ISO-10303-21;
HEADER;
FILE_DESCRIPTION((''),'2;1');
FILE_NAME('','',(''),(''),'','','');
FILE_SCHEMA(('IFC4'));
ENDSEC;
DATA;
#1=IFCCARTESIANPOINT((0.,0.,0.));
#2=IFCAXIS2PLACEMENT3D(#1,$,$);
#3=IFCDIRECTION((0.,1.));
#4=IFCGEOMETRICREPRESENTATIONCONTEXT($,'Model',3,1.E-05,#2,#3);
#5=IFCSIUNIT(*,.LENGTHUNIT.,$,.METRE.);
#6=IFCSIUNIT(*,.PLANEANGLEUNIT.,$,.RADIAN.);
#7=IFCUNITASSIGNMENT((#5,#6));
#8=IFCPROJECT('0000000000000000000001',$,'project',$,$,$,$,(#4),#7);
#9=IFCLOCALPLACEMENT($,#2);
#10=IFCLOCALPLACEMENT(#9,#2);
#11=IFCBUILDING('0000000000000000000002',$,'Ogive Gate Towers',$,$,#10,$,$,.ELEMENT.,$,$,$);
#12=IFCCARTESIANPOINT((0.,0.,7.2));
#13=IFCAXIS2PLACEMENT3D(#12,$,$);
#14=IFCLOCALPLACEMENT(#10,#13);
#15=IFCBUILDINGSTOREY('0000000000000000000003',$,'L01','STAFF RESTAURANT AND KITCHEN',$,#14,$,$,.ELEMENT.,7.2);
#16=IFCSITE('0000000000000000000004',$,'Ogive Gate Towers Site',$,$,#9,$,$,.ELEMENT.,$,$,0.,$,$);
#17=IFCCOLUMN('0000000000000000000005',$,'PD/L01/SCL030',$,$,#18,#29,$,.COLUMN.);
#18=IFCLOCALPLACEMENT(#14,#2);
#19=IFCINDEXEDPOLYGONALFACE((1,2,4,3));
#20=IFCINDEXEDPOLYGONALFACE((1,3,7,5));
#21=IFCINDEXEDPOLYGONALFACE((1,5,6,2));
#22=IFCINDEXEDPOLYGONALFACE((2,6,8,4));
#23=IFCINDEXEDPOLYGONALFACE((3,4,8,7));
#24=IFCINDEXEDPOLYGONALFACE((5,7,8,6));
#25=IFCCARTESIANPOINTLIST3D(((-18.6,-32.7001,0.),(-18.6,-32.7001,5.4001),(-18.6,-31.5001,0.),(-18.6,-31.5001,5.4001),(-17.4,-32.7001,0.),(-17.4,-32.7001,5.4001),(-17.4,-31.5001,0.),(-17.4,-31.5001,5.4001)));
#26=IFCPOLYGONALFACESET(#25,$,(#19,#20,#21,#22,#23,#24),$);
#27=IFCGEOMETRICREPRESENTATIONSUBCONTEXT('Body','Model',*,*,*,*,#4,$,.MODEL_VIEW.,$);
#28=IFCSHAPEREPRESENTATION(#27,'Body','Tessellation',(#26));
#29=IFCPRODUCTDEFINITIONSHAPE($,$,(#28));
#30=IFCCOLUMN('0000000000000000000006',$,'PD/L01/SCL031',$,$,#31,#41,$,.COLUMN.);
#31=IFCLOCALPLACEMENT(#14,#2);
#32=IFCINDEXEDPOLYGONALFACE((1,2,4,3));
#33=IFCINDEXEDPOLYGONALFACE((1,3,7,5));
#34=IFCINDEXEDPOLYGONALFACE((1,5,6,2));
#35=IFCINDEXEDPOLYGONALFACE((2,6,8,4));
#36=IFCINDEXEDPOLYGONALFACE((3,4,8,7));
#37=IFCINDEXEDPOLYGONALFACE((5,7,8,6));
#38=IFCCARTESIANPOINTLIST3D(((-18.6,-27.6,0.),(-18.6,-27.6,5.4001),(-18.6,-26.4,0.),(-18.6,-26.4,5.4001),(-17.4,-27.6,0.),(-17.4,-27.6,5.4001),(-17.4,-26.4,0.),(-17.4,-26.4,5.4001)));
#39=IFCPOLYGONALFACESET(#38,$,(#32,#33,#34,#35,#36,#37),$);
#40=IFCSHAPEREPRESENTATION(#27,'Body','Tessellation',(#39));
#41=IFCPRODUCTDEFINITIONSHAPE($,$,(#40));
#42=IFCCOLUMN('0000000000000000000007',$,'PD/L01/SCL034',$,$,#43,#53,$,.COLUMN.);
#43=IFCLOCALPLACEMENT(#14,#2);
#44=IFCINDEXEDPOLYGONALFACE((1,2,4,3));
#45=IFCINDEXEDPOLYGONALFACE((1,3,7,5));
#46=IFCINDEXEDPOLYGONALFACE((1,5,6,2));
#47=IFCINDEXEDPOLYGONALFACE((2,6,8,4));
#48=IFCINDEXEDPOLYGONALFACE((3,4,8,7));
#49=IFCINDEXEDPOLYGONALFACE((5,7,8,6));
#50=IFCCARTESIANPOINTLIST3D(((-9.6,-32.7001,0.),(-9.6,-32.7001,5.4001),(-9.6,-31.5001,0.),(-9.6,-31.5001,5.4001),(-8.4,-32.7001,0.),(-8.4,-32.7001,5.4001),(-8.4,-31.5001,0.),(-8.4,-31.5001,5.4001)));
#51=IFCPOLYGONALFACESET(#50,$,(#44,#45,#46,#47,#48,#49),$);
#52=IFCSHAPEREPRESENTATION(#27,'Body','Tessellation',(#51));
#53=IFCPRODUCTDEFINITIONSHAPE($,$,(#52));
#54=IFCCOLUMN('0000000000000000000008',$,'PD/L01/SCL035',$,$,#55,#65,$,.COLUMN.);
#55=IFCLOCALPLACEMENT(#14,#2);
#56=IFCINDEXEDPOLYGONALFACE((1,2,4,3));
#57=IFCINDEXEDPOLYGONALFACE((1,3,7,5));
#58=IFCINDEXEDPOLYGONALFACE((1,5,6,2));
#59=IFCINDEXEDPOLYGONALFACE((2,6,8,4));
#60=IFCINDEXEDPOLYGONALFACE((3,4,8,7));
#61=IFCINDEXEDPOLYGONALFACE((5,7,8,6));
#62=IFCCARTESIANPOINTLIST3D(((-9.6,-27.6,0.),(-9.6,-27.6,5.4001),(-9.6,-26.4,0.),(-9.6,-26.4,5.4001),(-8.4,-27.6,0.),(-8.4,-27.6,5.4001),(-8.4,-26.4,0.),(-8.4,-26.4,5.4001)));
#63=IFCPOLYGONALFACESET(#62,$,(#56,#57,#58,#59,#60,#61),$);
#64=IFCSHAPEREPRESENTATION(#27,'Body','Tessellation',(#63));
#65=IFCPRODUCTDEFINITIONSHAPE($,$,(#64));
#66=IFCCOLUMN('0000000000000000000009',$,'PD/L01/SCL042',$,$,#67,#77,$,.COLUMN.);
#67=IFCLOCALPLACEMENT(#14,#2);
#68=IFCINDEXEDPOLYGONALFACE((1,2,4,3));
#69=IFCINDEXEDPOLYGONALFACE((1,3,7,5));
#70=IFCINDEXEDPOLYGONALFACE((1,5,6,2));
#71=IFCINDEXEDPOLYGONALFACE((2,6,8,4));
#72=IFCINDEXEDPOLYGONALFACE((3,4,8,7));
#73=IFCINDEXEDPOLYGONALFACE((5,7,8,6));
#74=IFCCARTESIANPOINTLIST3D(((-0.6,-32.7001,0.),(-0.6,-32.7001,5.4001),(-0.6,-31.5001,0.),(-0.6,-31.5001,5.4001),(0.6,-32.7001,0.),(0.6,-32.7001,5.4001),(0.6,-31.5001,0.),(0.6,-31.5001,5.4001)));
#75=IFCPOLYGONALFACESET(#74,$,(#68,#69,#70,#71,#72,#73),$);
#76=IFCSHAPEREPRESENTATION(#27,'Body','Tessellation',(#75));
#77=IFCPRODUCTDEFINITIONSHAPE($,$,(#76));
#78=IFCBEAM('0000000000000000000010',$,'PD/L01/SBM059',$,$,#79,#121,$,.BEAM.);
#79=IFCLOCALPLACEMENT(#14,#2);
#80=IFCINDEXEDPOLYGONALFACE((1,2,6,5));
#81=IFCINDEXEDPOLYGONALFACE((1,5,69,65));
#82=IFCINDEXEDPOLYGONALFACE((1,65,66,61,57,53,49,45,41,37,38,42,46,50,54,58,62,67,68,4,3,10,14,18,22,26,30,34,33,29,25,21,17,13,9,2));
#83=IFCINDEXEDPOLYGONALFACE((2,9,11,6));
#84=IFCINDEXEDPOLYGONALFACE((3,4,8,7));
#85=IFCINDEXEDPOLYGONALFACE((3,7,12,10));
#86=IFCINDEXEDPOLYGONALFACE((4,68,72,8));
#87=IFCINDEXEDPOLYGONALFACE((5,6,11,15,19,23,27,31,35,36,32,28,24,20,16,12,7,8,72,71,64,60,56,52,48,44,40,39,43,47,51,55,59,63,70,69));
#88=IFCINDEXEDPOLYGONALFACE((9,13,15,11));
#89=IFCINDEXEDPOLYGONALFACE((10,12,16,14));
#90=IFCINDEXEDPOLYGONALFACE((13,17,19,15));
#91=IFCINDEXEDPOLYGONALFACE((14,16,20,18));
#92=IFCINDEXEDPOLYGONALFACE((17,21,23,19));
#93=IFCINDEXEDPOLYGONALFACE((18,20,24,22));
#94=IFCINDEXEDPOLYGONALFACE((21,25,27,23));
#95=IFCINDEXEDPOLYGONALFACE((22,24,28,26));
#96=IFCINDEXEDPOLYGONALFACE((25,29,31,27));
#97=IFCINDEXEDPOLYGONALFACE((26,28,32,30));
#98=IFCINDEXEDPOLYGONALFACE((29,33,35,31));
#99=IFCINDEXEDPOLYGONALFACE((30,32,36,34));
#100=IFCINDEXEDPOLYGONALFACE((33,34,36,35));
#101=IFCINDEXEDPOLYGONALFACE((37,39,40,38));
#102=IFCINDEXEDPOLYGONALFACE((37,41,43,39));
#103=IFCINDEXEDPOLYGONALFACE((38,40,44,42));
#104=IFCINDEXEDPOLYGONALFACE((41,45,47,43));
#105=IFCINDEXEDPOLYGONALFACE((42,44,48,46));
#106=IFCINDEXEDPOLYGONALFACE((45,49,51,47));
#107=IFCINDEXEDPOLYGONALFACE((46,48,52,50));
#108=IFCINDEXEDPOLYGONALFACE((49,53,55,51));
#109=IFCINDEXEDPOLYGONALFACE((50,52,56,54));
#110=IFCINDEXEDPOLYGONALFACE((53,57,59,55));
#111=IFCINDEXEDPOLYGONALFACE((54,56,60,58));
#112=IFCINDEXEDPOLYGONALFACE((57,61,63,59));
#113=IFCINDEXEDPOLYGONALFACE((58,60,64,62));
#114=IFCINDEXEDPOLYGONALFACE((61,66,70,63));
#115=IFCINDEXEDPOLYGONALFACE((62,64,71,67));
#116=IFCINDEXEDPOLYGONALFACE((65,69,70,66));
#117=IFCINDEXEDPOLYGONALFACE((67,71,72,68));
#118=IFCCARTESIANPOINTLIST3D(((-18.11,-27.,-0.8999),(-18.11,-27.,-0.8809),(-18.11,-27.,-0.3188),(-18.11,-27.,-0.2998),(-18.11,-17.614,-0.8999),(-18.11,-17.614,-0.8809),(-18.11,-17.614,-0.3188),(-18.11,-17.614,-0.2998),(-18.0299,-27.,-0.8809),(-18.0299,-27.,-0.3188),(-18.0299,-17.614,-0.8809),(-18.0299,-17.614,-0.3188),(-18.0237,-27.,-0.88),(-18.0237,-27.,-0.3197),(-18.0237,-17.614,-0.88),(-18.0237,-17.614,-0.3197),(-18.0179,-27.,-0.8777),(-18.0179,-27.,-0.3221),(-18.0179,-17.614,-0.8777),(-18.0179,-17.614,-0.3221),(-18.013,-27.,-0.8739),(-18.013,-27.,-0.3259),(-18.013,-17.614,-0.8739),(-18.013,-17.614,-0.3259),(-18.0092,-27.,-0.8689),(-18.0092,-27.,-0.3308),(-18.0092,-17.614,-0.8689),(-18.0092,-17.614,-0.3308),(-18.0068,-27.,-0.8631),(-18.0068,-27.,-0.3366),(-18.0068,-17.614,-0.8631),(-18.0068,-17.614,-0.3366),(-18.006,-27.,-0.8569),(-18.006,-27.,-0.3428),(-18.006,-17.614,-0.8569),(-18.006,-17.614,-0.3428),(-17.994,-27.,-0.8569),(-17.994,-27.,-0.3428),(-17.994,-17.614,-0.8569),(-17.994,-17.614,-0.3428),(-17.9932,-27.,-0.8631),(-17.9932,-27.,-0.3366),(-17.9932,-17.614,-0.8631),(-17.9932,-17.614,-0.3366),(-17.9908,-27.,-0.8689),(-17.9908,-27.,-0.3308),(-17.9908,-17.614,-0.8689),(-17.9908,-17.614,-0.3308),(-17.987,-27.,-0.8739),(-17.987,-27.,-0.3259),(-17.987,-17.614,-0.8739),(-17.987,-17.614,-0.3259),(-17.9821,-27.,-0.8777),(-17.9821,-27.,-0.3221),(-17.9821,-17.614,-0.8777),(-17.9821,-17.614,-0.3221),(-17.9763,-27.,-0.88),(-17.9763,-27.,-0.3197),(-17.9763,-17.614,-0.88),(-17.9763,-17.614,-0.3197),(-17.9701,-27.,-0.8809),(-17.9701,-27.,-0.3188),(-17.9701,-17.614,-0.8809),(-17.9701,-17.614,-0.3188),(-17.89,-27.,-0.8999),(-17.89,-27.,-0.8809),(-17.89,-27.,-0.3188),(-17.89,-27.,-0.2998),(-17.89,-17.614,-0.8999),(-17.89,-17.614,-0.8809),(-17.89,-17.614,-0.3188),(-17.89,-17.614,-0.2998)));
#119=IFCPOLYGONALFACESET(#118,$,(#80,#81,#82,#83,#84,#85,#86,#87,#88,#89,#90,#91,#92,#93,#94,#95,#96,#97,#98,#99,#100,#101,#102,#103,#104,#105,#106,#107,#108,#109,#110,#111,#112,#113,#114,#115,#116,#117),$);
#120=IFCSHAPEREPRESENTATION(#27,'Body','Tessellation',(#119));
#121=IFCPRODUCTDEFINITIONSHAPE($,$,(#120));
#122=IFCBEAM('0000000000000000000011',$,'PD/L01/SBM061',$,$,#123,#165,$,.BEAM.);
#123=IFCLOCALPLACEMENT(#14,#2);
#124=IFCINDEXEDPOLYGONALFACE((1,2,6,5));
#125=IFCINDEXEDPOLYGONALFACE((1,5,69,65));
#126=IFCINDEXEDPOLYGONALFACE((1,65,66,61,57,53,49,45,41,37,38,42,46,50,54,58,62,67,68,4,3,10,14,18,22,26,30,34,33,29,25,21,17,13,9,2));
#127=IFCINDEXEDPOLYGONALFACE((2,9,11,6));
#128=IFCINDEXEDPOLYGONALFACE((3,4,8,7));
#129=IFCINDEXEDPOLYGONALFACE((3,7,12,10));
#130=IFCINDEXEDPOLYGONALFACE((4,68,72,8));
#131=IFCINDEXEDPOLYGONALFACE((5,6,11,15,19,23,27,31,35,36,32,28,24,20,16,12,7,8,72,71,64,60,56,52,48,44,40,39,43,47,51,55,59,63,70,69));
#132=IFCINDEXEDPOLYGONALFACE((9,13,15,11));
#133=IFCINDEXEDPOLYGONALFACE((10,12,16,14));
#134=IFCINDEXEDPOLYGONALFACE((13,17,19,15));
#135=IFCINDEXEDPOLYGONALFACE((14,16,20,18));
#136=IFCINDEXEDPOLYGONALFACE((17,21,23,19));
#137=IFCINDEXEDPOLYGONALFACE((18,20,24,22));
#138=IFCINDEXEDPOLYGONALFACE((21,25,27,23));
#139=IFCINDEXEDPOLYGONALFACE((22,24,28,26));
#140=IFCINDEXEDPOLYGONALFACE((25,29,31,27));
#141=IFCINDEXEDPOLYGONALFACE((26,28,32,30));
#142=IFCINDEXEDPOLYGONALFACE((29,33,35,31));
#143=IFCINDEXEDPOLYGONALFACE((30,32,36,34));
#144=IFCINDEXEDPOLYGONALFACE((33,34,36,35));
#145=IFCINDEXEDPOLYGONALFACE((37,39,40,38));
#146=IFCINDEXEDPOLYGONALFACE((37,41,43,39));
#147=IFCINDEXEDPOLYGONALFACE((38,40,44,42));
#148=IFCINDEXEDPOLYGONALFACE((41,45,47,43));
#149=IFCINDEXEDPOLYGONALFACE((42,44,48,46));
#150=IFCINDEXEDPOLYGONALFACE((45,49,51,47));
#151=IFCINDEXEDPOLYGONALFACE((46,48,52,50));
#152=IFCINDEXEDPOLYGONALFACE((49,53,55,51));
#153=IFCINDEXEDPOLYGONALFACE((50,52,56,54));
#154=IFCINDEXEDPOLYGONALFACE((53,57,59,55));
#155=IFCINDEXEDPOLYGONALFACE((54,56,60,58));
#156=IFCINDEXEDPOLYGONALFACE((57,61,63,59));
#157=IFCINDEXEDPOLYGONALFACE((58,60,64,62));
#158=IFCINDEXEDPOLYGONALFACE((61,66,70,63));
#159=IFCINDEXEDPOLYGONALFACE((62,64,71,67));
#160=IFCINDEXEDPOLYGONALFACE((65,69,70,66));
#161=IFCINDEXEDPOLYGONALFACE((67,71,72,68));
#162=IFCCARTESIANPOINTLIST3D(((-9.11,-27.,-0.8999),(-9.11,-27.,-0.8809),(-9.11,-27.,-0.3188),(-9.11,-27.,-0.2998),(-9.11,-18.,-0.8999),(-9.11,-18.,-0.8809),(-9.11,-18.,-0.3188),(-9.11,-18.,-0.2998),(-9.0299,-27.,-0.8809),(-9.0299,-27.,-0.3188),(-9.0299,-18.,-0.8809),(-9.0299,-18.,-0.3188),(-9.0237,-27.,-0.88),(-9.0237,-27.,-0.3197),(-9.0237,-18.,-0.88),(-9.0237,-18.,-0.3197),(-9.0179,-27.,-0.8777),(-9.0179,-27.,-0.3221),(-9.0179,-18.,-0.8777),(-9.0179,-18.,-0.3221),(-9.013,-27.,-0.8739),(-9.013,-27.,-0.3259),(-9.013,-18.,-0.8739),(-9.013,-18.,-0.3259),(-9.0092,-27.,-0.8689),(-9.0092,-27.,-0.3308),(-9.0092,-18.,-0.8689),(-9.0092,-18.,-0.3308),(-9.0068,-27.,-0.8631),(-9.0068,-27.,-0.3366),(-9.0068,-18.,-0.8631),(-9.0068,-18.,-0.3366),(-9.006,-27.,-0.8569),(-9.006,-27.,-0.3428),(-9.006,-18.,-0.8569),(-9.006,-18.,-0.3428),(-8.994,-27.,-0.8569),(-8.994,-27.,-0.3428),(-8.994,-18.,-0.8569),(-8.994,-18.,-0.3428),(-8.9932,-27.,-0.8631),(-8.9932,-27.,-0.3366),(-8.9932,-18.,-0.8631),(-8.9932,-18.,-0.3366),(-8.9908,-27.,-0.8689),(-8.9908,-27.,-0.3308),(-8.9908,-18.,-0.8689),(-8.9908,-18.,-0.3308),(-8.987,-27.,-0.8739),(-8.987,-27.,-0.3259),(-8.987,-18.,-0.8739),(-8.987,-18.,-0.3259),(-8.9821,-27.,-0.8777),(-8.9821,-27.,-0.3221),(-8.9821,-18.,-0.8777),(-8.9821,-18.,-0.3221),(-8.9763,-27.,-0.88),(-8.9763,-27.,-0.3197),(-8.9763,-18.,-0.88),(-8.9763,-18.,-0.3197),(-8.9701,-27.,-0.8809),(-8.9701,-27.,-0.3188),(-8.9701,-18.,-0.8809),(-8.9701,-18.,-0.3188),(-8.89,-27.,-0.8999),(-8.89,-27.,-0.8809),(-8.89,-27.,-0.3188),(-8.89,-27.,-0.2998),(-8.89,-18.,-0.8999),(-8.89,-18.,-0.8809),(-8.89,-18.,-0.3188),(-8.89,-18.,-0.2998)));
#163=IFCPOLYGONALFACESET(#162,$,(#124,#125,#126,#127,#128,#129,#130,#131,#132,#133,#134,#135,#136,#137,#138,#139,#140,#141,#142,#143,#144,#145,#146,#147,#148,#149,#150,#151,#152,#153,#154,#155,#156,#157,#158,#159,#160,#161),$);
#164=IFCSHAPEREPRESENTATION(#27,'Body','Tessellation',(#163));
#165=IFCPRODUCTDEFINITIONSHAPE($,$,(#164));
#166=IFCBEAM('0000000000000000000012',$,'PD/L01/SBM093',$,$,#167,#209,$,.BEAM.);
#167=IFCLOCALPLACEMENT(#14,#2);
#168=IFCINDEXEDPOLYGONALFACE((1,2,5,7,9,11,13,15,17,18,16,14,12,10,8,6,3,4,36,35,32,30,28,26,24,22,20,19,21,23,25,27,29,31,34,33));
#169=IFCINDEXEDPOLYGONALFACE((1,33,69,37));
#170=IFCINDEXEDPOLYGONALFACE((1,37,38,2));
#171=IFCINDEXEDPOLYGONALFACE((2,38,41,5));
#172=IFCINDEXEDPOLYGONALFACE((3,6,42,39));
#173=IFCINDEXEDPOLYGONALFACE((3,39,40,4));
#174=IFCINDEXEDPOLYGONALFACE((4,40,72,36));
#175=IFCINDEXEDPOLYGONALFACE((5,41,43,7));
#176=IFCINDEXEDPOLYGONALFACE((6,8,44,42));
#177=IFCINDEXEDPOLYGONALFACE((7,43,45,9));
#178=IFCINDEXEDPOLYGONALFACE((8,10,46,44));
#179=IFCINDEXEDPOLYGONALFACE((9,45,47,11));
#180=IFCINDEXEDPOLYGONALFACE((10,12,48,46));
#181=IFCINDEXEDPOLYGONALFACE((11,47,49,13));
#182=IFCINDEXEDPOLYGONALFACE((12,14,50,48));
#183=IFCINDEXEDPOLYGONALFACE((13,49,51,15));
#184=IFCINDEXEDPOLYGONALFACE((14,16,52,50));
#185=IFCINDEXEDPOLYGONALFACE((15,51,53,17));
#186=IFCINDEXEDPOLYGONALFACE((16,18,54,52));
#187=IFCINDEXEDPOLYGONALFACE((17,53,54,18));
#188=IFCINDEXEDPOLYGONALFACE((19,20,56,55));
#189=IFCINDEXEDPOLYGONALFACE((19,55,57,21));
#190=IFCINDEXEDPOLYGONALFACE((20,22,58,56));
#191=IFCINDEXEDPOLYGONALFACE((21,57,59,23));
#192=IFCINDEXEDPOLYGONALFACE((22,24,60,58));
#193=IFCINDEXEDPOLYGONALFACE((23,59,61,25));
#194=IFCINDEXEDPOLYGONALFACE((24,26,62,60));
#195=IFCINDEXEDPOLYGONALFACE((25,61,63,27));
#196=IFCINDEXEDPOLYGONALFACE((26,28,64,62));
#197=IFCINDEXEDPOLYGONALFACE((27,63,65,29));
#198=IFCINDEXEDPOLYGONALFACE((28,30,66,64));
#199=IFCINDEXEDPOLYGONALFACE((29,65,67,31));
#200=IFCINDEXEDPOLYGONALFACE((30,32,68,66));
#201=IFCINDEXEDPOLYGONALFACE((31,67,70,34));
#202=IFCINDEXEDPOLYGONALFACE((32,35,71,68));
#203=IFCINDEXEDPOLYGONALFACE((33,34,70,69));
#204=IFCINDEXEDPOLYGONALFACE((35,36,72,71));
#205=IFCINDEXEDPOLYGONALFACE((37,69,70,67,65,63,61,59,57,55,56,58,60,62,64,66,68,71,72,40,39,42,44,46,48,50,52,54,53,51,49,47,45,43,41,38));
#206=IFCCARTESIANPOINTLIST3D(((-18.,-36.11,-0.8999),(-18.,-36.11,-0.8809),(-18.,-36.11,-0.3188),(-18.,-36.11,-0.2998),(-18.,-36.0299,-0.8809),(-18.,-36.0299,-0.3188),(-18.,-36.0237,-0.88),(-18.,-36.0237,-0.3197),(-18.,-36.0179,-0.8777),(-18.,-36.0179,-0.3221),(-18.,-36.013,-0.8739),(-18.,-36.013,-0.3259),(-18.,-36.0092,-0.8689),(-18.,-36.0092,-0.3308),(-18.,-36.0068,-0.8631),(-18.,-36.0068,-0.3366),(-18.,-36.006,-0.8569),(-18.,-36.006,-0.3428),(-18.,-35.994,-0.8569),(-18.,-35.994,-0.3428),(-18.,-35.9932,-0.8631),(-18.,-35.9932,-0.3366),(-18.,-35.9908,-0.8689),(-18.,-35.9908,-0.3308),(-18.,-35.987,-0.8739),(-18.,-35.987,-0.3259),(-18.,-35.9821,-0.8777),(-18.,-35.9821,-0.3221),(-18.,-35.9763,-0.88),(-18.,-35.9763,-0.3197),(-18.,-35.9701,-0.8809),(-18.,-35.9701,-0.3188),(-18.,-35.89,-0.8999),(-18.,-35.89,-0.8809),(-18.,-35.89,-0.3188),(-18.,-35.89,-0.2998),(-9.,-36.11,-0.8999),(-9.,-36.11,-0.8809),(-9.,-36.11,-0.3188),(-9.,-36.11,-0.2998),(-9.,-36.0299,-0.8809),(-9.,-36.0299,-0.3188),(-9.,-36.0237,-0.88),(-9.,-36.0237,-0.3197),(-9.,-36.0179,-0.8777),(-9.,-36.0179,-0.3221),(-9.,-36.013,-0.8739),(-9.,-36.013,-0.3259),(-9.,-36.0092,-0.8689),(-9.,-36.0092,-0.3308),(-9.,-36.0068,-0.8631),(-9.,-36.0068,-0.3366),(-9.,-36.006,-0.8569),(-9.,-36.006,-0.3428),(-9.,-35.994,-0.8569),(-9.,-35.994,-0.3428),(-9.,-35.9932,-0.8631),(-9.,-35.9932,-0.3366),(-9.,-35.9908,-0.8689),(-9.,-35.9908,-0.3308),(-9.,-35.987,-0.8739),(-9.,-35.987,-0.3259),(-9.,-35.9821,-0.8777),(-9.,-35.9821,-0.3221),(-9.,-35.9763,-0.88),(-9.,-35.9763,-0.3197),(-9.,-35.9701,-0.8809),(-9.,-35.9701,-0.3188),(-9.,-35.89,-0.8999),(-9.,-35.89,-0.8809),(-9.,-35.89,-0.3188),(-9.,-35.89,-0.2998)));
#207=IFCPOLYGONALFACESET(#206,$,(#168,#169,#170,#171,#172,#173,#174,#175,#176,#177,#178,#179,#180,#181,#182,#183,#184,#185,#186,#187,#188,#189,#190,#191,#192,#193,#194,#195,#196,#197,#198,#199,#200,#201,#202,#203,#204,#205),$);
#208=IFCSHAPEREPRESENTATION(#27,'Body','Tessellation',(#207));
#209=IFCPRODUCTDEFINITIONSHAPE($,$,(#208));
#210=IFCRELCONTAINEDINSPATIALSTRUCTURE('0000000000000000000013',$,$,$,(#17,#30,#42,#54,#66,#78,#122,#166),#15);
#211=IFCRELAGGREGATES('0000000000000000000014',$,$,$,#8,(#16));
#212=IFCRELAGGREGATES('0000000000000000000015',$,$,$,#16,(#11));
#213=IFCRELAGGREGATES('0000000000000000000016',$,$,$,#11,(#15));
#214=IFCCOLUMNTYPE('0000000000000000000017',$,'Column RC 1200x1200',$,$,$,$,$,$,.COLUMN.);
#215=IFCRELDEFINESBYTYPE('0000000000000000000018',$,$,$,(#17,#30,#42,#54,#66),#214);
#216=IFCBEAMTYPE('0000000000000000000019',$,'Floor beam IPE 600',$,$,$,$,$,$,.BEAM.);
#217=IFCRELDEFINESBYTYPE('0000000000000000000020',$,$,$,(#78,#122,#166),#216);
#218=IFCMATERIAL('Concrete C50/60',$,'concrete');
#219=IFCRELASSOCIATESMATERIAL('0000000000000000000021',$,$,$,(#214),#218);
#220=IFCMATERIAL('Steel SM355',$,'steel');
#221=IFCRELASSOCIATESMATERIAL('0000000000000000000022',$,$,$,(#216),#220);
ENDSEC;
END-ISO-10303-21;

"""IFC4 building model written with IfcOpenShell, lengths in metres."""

from ifc_helpers import new_model, si_unit, direction, frame, origin, origin_2d, place, context, subcontext, project, spatial, rectangle, i_section, extrude, material, material_profile, profile_set, type_object, element, save


model = new_model("IFC4")

# Units and contexts
model_context = context("Model", 3, precision=1e-05, world=origin(), true_north=direction((0.0, 1.0)))
body_context = subcontext(model_context, "Body", "Model", "MODEL_VIEW")
ifc_project = project(units=[si_unit("LENGTHUNIT", "METRE"), si_unit("PLANEANGLEUNIT", "RADIAN")], contexts=[model_context])

# Site, building, storey
site_placement = place(None, origin())
site = spatial("IfcSite", under=ifc_project, at=site_placement, Name="Ogive Gate Towers Site", CompositionType="ELEMENT", RefElevation=0.0)
building_placement = place(site_placement, origin())
building = spatial("IfcBuilding", under=site, at=building_placement, Name="Ogive Gate Towers", CompositionType="ELEMENT")
storey_placement = place(building_placement, frame((0.0, 0.0, 7.2)))
storey = spatial("IfcBuildingStorey", under=building, at=storey_placement, Name="L01", Description="STAFF RESTAURANT AND KITCHEN", CompositionType="ELEMENT", Elevation=7.2)

# Columns
ifc_material_1 = material(Name="Concrete C50/60", Category="concrete")
ifc_material_profile_1 = material_profile(ifc_material_1, rectangle(XDim=1.2, YDim=1.2, at=origin_2d()), Name="RC 1200x1200")
ifc_profile_set_1 = profile_set([ifc_material_profile_1], Name="Concrete C50/60")
column_type = type_object("IfcColumnType", Name="Column RC 1200x1200", PredefinedType="COLUMN", material=ifc_profile_set_1)
for number, where, z_axis, x_axis, name in (
    (1, (-18.0, -32.1001, 0.0), (0.0, 0.0, 1.0), (1.0, 0.0, 0.0), "PD/L01/SCL030"),
    (2, (-18.0, -27.0, 0.0), (0.0, 0.0, 1.0), (1.0, 0.0, 0.0), "PD/L01/SCL031"),
    (3, (-9.0, -32.1001, 0.0), (0.0, 0.0, 1.0), (1.0, 0.0, 0.0), "PD/L01/SCL034"),
    (4, (-9.0, -27.0, 0.0), (0.0, 0.0, 1.0), (1.0, 0.0, 0.0), "PD/L01/SCL035"),
    (5, (0.0, -32.1001, 0.0), (0.0, 0.0, 1.0), (1.0, 0.0, 0.0), "PD/L01/SCL042"),
):
    element("IfcColumn", number, at=place(storey_placement, frame(where, z_axis=z_axis, x_axis=x_axis)), inside=storey, type_object=column_type, Name=name, PredefinedType="COLUMN", context=body_context, shape_type="SweptSolid", body=[
        extrude(rectangle(XDim=1.2, YDim=1.2, at=origin_2d()), origin(), (0.0, 0.0, 1.0), 5.4001),
    ])

# Beams
ifc_material_2 = material(Name="Steel SM355", Category="steel")
ifc_material_profile_2 = material_profile(ifc_material_2, i_section(OverallWidth=0.22, OverallDepth=0.6001, WebThickness=0.012, FlangeThickness=0.019, FilletRadius=0.0239, at=origin_2d()), Name="IPE 600")
ifc_profile_set_2 = profile_set([ifc_material_profile_2], Name="Steel SM355")
beam_type_1 = type_object("IfcBeamType", Name="Floor beam IPE 600", PredefinedType="BEAM", material=ifc_profile_set_2)
beam_placement = place(storey_placement, frame((-18.0, -27.0, -0.5999), z_axis=(0.0, 1.0, 0.0), x_axis=(-1.0, 0.0, 0.0)))
element("IfcBeam", 6, at=beam_placement, inside=storey, type_object=beam_type_1, Name="PD/L01/SBM059", PredefinedType="BEAM", context=body_context, shape_type="SweptSolid", body=[
    extrude(i_section(OverallWidth=0.22, OverallDepth=0.6001, WebThickness=0.012, FlangeThickness=0.019, FilletRadius=0.0239, at=origin_2d()), origin(), (0.0, 0.0, 1.0), 9.386),
])
for number, where, z_axis, x_axis, name in (
    (7, (-9.0, -27.0, -0.5999), (0.0, 1.0, 0.0), (-1.0, 0.0, 0.0), "PD/L01/SBM061"),
    (8, (-18.0, -36.0, -0.5999), (1.0, 0.0, 0.0), (0.0, 1.0, 0.0), "PD/L01/SBM093"),
):
    element("IfcBeam", number, at=place(storey_placement, frame(where, z_axis=z_axis, x_axis=x_axis)), inside=storey, type_object=beam_type_1, Name=name, PredefinedType="BEAM", context=body_context, shape_type="SweptSolid", body=[
        extrude(i_section(OverallWidth=0.22, OverallDepth=0.6001, WebThickness=0.012, FlangeThickness=0.019, FilletRadius=0.0239, at=origin_2d()), origin(), (0.0, 0.0, 1.0), 9.0),
    ])

save(model, "model.ifc")
